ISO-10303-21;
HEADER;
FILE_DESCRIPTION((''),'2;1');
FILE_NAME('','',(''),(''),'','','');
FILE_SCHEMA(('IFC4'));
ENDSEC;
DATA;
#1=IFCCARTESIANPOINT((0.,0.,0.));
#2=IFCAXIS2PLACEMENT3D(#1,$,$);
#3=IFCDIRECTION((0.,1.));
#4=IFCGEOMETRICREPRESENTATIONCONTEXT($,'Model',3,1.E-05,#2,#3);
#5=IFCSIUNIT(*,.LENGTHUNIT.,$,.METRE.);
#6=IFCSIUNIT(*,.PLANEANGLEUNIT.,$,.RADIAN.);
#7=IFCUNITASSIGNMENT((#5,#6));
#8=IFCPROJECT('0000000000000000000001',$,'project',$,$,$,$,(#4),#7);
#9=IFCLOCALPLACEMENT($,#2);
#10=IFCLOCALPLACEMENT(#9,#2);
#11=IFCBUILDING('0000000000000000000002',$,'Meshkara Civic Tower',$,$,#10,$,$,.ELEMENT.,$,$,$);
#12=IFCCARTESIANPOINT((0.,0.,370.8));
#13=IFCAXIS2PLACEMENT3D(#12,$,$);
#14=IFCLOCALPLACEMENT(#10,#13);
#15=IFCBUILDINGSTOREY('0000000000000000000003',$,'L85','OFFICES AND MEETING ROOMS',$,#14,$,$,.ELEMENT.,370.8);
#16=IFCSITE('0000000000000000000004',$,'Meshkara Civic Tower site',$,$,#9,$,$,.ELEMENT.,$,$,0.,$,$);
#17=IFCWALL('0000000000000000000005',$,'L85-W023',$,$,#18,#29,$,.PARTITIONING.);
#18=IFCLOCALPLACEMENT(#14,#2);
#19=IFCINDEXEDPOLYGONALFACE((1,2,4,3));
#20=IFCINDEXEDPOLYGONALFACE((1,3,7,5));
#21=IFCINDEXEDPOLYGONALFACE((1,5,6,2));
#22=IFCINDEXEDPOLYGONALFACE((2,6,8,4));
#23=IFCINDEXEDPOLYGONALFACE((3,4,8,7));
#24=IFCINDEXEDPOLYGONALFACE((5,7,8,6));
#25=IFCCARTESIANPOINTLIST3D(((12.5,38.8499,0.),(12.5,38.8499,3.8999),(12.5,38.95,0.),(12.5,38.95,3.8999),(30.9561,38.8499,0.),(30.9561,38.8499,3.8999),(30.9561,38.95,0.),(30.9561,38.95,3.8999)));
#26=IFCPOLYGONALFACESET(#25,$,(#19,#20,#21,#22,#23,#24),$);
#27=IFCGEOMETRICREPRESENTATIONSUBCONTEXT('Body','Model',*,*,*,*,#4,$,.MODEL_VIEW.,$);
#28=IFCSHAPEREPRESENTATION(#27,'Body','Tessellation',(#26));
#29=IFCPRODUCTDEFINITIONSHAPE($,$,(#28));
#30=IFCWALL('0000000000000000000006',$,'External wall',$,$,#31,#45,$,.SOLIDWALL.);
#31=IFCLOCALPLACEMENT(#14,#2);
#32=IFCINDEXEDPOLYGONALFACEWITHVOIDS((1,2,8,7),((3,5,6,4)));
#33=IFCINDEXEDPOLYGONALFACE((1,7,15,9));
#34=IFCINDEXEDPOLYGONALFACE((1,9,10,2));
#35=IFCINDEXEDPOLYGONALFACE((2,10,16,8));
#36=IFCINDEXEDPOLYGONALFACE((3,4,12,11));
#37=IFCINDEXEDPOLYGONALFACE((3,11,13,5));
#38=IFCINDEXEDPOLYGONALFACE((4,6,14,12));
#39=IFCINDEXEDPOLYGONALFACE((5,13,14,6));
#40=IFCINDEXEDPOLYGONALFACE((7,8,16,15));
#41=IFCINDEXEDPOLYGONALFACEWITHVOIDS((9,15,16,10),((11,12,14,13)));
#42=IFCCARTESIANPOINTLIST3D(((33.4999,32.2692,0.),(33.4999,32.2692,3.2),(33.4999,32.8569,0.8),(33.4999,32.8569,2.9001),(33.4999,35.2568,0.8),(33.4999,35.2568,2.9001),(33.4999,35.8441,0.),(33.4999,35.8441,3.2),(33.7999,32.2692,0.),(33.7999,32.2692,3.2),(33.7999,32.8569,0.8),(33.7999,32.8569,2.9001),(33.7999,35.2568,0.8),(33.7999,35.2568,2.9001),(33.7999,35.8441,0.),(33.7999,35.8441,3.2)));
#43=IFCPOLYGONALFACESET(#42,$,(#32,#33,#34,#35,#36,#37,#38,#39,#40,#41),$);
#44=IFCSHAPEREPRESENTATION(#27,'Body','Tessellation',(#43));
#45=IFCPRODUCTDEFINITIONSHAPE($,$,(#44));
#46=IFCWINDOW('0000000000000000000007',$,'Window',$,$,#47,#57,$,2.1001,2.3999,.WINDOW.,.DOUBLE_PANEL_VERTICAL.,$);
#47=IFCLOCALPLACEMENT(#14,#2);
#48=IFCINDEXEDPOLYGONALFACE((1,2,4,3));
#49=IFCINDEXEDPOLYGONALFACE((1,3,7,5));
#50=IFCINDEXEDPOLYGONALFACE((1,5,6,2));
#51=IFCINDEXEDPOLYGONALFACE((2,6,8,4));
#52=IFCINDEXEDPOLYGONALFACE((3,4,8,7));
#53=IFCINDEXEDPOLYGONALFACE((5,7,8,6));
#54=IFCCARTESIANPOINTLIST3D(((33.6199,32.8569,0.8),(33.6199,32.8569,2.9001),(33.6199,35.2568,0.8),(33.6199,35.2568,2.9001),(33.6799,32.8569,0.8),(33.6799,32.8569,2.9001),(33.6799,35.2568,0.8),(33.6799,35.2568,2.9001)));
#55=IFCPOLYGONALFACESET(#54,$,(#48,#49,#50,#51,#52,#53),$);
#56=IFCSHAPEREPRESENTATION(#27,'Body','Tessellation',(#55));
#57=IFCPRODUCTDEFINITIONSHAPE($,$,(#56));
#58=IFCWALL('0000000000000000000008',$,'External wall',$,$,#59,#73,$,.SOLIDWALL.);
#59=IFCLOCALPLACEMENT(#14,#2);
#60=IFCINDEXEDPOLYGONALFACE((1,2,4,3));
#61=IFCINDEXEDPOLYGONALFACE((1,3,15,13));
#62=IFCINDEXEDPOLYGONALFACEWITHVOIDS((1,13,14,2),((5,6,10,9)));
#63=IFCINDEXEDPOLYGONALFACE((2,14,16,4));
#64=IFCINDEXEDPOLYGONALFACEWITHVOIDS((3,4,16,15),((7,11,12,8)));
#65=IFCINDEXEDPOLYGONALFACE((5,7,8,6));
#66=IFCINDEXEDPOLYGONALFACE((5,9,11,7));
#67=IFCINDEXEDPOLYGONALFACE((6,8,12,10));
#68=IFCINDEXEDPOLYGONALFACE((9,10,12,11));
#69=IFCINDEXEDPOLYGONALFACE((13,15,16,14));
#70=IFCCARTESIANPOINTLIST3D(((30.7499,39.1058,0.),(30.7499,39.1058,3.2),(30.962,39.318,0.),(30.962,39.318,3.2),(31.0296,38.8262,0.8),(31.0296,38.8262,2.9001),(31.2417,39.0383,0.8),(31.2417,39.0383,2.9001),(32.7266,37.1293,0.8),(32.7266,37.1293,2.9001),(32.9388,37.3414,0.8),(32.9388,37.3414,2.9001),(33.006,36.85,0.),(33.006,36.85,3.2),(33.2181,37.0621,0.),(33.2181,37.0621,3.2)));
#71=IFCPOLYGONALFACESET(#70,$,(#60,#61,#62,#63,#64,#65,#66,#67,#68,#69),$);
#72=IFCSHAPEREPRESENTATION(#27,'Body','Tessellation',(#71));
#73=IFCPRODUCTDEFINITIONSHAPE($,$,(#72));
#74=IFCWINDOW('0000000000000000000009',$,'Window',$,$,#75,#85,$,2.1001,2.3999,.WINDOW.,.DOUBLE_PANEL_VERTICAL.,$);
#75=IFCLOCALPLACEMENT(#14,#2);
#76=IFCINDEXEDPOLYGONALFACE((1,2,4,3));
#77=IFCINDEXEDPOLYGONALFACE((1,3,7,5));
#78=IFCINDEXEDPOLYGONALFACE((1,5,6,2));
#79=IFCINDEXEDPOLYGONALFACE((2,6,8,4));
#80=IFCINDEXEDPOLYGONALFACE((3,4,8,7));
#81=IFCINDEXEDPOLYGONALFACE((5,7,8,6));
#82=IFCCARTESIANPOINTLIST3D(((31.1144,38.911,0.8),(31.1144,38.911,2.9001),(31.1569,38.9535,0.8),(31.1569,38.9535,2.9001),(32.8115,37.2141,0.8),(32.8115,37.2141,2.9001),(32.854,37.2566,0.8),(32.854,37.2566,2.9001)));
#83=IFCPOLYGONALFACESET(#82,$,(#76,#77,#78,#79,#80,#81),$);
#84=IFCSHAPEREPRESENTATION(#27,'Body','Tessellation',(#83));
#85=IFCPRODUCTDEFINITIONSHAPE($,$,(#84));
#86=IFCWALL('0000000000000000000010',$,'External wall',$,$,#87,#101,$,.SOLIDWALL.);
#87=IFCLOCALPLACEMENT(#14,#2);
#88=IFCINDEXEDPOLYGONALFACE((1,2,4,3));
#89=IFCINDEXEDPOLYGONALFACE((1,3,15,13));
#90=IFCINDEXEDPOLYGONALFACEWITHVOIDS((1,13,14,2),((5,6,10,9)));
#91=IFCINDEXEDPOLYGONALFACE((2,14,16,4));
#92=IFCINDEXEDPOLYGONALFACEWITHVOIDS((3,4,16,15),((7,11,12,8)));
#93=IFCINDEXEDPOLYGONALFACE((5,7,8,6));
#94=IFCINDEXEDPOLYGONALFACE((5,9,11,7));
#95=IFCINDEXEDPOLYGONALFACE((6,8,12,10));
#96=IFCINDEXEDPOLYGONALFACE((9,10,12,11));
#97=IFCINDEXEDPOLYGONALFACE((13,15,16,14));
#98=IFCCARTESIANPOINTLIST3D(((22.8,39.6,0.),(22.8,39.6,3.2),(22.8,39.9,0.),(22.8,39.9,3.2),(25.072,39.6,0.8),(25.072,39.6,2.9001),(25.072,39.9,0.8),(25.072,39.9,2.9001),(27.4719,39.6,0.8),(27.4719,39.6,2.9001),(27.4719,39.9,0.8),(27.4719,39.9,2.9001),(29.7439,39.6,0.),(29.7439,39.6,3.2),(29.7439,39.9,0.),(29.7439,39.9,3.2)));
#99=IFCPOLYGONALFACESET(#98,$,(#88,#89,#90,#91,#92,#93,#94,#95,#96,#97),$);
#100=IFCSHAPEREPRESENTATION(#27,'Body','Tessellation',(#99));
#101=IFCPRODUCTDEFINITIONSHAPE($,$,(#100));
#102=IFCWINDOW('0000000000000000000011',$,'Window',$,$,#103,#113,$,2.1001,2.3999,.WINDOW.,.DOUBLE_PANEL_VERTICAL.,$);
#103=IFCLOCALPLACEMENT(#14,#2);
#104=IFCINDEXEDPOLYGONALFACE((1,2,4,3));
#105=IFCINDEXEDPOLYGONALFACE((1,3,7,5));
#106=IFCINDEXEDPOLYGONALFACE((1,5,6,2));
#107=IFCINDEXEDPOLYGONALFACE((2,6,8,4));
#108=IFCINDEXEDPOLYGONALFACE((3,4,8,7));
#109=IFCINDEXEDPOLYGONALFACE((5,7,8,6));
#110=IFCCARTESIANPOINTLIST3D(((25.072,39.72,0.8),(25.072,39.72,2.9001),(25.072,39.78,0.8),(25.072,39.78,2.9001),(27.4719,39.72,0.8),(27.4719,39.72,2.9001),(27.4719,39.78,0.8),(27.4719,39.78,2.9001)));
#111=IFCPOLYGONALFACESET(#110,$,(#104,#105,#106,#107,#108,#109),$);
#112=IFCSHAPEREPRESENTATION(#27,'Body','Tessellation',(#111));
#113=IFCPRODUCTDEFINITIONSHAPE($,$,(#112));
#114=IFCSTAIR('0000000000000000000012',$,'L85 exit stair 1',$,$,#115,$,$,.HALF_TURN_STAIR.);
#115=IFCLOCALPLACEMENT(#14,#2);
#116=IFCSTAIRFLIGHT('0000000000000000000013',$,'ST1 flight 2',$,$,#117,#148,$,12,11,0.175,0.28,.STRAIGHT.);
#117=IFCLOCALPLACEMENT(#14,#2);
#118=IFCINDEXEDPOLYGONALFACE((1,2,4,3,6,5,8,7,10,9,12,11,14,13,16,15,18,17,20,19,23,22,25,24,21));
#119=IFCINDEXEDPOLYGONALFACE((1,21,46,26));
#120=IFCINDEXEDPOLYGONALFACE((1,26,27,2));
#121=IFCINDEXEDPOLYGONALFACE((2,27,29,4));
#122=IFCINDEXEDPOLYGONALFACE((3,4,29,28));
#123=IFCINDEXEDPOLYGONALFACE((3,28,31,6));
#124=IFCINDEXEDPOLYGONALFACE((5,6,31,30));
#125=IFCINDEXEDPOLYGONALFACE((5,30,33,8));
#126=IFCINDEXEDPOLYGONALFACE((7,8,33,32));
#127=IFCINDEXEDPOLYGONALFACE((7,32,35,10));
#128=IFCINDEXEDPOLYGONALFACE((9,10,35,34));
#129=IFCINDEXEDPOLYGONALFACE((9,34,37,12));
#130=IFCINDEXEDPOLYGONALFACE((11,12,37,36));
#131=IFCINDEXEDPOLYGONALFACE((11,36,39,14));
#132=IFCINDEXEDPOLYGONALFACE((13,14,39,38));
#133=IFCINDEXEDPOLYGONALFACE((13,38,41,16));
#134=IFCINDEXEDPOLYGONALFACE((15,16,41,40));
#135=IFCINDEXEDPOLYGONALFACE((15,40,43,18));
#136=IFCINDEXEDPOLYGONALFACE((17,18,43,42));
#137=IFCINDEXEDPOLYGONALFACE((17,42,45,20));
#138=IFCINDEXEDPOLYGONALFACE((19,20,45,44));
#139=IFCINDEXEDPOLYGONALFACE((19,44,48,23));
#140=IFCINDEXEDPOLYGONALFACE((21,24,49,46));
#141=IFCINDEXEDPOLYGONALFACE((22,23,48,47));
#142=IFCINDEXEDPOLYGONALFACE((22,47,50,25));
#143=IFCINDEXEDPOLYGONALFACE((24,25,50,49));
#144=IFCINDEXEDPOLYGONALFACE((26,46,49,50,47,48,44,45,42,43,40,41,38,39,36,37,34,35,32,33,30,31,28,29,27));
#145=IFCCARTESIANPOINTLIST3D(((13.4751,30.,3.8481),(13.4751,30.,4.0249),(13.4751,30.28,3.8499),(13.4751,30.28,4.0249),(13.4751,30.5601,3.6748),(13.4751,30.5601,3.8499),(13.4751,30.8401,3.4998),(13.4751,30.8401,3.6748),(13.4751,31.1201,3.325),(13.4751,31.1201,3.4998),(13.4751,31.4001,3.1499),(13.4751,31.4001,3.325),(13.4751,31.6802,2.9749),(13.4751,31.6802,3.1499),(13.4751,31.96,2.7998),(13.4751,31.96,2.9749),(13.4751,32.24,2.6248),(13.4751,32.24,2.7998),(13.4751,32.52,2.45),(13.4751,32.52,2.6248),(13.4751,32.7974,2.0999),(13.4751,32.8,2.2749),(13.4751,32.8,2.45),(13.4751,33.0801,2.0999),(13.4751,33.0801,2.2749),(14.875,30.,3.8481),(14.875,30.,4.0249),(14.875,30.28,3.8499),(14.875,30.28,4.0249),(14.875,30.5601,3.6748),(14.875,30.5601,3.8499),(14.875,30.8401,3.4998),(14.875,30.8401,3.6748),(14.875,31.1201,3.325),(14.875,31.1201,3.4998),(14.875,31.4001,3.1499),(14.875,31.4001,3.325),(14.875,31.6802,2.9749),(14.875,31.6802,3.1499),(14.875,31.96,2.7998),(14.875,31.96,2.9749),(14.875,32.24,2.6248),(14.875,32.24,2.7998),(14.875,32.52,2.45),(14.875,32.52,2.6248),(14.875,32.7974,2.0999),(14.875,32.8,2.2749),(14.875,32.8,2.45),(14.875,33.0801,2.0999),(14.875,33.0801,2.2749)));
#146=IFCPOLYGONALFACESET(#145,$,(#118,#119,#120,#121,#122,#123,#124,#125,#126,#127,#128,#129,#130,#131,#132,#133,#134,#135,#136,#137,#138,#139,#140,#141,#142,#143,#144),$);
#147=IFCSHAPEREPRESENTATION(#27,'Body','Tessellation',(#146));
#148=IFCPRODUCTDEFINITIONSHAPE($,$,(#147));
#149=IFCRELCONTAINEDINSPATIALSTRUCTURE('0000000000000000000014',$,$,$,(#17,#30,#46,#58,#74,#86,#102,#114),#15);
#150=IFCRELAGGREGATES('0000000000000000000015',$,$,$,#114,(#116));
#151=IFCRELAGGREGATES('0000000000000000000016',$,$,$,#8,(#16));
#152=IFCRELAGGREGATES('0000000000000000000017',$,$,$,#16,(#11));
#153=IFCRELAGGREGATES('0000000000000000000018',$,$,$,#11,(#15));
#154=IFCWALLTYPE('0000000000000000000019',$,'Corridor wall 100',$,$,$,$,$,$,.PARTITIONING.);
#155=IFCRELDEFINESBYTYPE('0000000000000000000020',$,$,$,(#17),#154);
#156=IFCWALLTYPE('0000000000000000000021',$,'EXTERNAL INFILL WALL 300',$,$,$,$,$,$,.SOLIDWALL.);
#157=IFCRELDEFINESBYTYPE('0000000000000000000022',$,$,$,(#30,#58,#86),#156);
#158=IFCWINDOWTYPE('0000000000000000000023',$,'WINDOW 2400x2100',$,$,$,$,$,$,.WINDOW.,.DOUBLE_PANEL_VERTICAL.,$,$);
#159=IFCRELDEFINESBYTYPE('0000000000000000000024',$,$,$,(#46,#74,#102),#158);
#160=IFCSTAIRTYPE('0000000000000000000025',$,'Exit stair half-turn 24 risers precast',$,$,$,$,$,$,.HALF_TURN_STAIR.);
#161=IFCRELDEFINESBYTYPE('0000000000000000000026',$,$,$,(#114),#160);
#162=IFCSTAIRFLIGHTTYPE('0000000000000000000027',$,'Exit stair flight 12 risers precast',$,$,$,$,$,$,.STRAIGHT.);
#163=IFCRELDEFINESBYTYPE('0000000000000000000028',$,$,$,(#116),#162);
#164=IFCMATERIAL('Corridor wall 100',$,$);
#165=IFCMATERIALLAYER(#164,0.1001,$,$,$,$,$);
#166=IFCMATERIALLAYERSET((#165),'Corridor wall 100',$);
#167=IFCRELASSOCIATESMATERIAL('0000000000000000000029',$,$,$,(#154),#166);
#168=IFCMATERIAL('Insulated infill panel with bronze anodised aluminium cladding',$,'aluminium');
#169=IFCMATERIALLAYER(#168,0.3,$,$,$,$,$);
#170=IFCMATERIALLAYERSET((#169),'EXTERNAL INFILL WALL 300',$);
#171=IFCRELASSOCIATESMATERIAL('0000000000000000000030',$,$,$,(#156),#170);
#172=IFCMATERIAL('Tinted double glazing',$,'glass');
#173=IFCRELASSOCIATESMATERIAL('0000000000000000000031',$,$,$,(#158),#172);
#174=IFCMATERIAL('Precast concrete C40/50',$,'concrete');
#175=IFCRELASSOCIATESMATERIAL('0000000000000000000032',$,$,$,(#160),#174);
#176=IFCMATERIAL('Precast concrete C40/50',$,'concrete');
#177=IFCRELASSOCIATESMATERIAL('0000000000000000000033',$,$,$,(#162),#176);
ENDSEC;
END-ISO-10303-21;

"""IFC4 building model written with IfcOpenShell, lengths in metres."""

from ifc_helpers import new_model, si_unit, direction, frame, frame_2d, origin, place, context, subcontext, project, spatial, polyline, rectangle, outline, extrude, material, layer, layer_set, type_object, element, fill, aggregate, save


model = new_model("IFC4")

# Units and contexts
model_context = context("Model", 3, precision=1e-05, world=origin(), true_north=direction((0.0, 1.0)))
body_context = subcontext(model_context, "Body", "Model", "MODEL_VIEW")
ifc_project = project(units=[si_unit("LENGTHUNIT", "METRE"), si_unit("PLANEANGLEUNIT", "RADIAN")], contexts=[model_context])

# Site, building, storey
site_placement = place(None, origin())
site = spatial("IfcSite", under=ifc_project, at=site_placement, Name="Meshkara Civic Tower site", CompositionType="ELEMENT", RefElevation=0.0)
building_placement = place(site_placement, origin())
building = spatial("IfcBuilding", under=site, at=building_placement, Name="Meshkara Civic Tower", CompositionType="ELEMENT")
storey_placement = place(building_placement, frame((0.0, 0.0, 370.8)))
storey = spatial("IfcBuildingStorey", under=building, at=storey_placement, Name="L85", Description="OFFICES AND MEETING ROOMS", CompositionType="ELEMENT", Elevation=370.8)

# Wall
ifc_material_1 = material(Name="Corridor wall 100")
ifc_layer_1 = layer(ifc_material_1, 0.1001)
ifc_layer_set_1 = layer_set([ifc_layer_1], Name="Corridor wall 100")
wall_type_1 = type_object("IfcWallType", Name="Corridor wall 100", PredefinedType="PARTITIONING", material=ifc_layer_set_1)
wall_1_placement = place(storey_placement, frame((30.9561, 38.8999, 0.0), z_axis=(0.0, 0.0, 1.0), x_axis=(-1.0, 0.0, 0.0)))
element("IfcWall", 1, at=wall_1_placement, inside=storey, type_object=wall_type_1, Name="L85-W023", PredefinedType="PARTITIONING", context=body_context, shape_type="SweptSolid", body=[
    extrude(rectangle(XDim=18.4561, YDim=0.1001, at=frame_2d((9.228, 0.0))), origin(), (0.0, 0.0, 1.0), 3.8999),
])

# Walls, openings, windows
ifc_material_2 = material(Name="Insulated infill panel with bronze anodised aluminium cladding", Category="aluminium")
ifc_layer_2 = layer(ifc_material_2, 0.3)
ifc_layer_set_2 = layer_set([ifc_layer_2], Name="EXTERNAL INFILL WALL 300")
wall_type_2 = type_object("IfcWallType", Name="EXTERNAL INFILL WALL 300", PredefinedType="SOLIDWALL", material=ifc_layer_set_2)
wall_2_placement = place(storey_placement, frame((33.6499, 32.269, 0.0), z_axis=(0.0, 0.0, 1.0), x_axis=(0.0, 1.0, 0.0)))
wall_2 = element("IfcWall", 2, at=wall_2_placement, inside=storey, type_object=wall_type_2, Name="External wall", PredefinedType="SOLIDWALL", context=body_context, shape_type="SweptSolid", body=[
    extrude(rectangle(XDim=3.575, YDim=0.3, at=frame_2d((1.7876, 0.0))), origin(), (0.0, 0.0, 1.0), 3.2),
])
opening_1_placement = place(wall_2_placement, frame((0.5879, 0.0, 0.8)))
opening_1 = element("IfcOpeningElement", 3, at=opening_1_placement, cuts=wall_2, PredefinedType="OPENING", context=body_context, shape_type="SweptSolid", body=[
    extrude(rectangle(XDim=2.3999, YDim=2.1001, at=frame_2d((1.2, 1.05))), frame((0.0, 0.1599, 0.0), z_axis=(0.0, -1.0, 0.0), x_axis=(1.0, 0.0, 0.0)), (0.0, 0.0, 1.0), 0.3201),
])
ifc_material_3 = material(Name="Tinted double glazing", Category="glass")
window_type = type_object("IfcWindowType", Name="WINDOW 2400x2100", PartitioningType="DOUBLE_PANEL_VERTICAL", PredefinedType="WINDOW", material=ifc_material_3)
window_1_placement = place(opening_1_placement, origin())
window_1 = element("IfcWindow", 4, at=window_1_placement, inside=storey, type_object=window_type, Name="Window", OverallHeight=2.1001, OverallWidth=2.3999, PartitioningType="DOUBLE_PANEL_VERTICAL", PredefinedType="WINDOW", context=body_context, shape_type="SweptSolid", body=[
    extrude(rectangle(XDim=2.3999, YDim=2.1001, at=frame_2d((1.2, 1.05))), frame((0.0, 0.03, 0.0), z_axis=(0.0, -1.0, 0.0), x_axis=(1.0, 0.0, 0.0)), (0.0, 0.0, 1.0), 0.0601),
])
fill(opening_1, window_1)
wall_3_placement = place(storey_placement, frame((33.1121, 36.9561, 0.0), z_axis=(0.0, 0.0, 1.0), x_axis=(-0.707145, 0.707069, 0.0)))
wall_3 = element("IfcWall", 5, at=wall_3_placement, inside=storey, type_object=wall_type_2, Name="External wall", PredefinedType="SOLIDWALL", context=body_context, shape_type="SweptSolid", body=[
    extrude(rectangle(XDim=3.1904, YDim=0.3, at=frame_2d((1.5952, 0.0))), origin(), (0.0, 0.0, 1.0), 3.2),
])
opening_2_placement = place(wall_3_placement, frame((0.395, 0.0, 0.8)))
opening_2 = element("IfcOpeningElement", 6, at=opening_2_placement, cuts=wall_3, PredefinedType="OPENING", context=body_context, shape_type="SweptSolid", body=[
    extrude(rectangle(XDim=2.3999, YDim=2.1001, at=frame_2d((1.2, 1.05))), frame((0.0, 0.1599, 0.0), z_axis=(0.0, -1.0, 0.0), x_axis=(1.0, 0.0, 0.0)), (0.0, 0.0, 1.0), 0.3201),
])
window_2_placement = place(opening_2_placement, origin())
window_2 = element("IfcWindow", 7, at=window_2_placement, inside=storey, type_object=window_type, Name="Window", OverallHeight=2.1001, OverallWidth=2.3999, PartitioningType="DOUBLE_PANEL_VERTICAL", PredefinedType="WINDOW", context=body_context, shape_type="SweptSolid", body=[
    extrude(rectangle(XDim=2.3999, YDim=2.1001, at=frame_2d((1.2, 1.05))), frame((0.0, 0.03, 0.0), z_axis=(0.0, -1.0, 0.0), x_axis=(1.0, 0.0, 0.0)), (0.0, 0.0, 1.0), 0.0601),
])
fill(opening_2, window_2)
wall_4_placement = place(storey_placement, frame((29.7439, 39.75, 0.0), z_axis=(0.0, 0.0, 1.0), x_axis=(-1.0, 0.0, 0.0)))
wall_4 = element("IfcWall", 8, at=wall_4_placement, inside=storey, type_object=wall_type_2, Name="External wall", PredefinedType="SOLIDWALL", context=body_context, shape_type="SweptSolid", body=[
    extrude(rectangle(XDim=6.9438, YDim=0.3, at=frame_2d((3.4719, 0.0))), origin(), (0.0, 0.0, 1.0), 3.2),
])
opening_3_placement = place(wall_4_placement, frame((2.272, 0.0, 0.8)))
opening_3 = element("IfcOpeningElement", 9, at=opening_3_placement, cuts=wall_4, PredefinedType="OPENING", context=body_context, shape_type="SweptSolid", body=[
    extrude(rectangle(XDim=2.3999, YDim=2.1001, at=frame_2d((1.2, 1.05))), frame((0.0, 0.1599, 0.0), z_axis=(0.0, -1.0, 0.0), x_axis=(1.0, 0.0, 0.0)), (0.0, 0.0, 1.0), 0.3201),
])
window_3_placement = place(opening_3_placement, origin())
window_3 = element("IfcWindow", 10, at=window_3_placement, inside=storey, type_object=window_type, Name="Window", OverallHeight=2.1001, OverallWidth=2.3999, PartitioningType="DOUBLE_PANEL_VERTICAL", PredefinedType="WINDOW", context=body_context, shape_type="SweptSolid", body=[
    extrude(rectangle(XDim=2.3999, YDim=2.1001, at=frame_2d((1.2, 1.05))), frame((0.0, 0.03, 0.0), z_axis=(0.0, -1.0, 0.0), x_axis=(1.0, 0.0, 0.0)), (0.0, 0.0, 1.0), 0.0601),
])
fill(opening_3, window_3)

# Stair, stair flight
ifc_material_4 = material(Name="Precast concrete C40/50", Category="concrete")
stair_type = type_object("IfcStairType", Name="Exit stair half-turn 24 risers precast", PredefinedType="HALF_TURN_STAIR", material=ifc_material_4)
stair_1_placement = place(storey_placement, origin())
stair_1 = element("IfcStair", 11, at=stair_1_placement, inside=storey, type_object=stair_type, Name="L85 exit stair 1", PredefinedType="HALF_TURN_STAIR")
ifc_material_5 = material(Name="Precast concrete C40/50", Category="concrete")
stair_flight_type = type_object("IfcStairFlightType", Name="Exit stair flight 12 risers precast", PredefinedType="STRAIGHT", material=ifc_material_5)
stair_flight_1_placement = place(storey_placement, frame((14.175, 33.0801, 2.0999), z_axis=(0.0, 0.0, 1.0), x_axis=(0.0, -1.0, 0.0)))
stair_flight_1 = element("IfcStairFlight", 12, at=stair_flight_1_placement, type_object=stair_flight_type, Name="ST1 flight 2", NumberOfRisers=12, NumberOfTreads=11, PredefinedType="STRAIGHT", RiserHeight=0.175, TreadLength=0.28, context=body_context, shape_type="SweptSolid", body=[
    extrude(outline(polyline([(0.0, 0.0), (0.0, 0.175), (0.28, 0.175), (0.28, 0.3501), (0.5601, 0.3501), (0.5601, 0.5249), (0.8401, 0.5249), (0.8401, 0.7), (1.1201, 0.7), (1.1201, 0.875), (1.3999, 0.875), (1.3999, 1.05), (1.6799, 1.05), (1.6799, 1.2251), (1.96, 1.2251), (1.96, 1.3999), (2.24, 1.3999), (2.24, 1.575), (2.52, 1.575), (2.52, 1.75), (2.8, 1.75), (2.8, 1.925), (3.0801, 1.925), (3.0801, 2.1001), (3.0801, 1.7483), (0.2827, 0.0), (0.0, 0.0)])), frame((0.0, 0.7, 0.0), z_axis=(0.0, -1.0, 0.0), x_axis=(1.0, 0.0, 0.0)), (0.0, 0.0, 1.0), 1.3999),
])
aggregate(stair_1, [stair_flight_1])

save(model, "model.ifc")
